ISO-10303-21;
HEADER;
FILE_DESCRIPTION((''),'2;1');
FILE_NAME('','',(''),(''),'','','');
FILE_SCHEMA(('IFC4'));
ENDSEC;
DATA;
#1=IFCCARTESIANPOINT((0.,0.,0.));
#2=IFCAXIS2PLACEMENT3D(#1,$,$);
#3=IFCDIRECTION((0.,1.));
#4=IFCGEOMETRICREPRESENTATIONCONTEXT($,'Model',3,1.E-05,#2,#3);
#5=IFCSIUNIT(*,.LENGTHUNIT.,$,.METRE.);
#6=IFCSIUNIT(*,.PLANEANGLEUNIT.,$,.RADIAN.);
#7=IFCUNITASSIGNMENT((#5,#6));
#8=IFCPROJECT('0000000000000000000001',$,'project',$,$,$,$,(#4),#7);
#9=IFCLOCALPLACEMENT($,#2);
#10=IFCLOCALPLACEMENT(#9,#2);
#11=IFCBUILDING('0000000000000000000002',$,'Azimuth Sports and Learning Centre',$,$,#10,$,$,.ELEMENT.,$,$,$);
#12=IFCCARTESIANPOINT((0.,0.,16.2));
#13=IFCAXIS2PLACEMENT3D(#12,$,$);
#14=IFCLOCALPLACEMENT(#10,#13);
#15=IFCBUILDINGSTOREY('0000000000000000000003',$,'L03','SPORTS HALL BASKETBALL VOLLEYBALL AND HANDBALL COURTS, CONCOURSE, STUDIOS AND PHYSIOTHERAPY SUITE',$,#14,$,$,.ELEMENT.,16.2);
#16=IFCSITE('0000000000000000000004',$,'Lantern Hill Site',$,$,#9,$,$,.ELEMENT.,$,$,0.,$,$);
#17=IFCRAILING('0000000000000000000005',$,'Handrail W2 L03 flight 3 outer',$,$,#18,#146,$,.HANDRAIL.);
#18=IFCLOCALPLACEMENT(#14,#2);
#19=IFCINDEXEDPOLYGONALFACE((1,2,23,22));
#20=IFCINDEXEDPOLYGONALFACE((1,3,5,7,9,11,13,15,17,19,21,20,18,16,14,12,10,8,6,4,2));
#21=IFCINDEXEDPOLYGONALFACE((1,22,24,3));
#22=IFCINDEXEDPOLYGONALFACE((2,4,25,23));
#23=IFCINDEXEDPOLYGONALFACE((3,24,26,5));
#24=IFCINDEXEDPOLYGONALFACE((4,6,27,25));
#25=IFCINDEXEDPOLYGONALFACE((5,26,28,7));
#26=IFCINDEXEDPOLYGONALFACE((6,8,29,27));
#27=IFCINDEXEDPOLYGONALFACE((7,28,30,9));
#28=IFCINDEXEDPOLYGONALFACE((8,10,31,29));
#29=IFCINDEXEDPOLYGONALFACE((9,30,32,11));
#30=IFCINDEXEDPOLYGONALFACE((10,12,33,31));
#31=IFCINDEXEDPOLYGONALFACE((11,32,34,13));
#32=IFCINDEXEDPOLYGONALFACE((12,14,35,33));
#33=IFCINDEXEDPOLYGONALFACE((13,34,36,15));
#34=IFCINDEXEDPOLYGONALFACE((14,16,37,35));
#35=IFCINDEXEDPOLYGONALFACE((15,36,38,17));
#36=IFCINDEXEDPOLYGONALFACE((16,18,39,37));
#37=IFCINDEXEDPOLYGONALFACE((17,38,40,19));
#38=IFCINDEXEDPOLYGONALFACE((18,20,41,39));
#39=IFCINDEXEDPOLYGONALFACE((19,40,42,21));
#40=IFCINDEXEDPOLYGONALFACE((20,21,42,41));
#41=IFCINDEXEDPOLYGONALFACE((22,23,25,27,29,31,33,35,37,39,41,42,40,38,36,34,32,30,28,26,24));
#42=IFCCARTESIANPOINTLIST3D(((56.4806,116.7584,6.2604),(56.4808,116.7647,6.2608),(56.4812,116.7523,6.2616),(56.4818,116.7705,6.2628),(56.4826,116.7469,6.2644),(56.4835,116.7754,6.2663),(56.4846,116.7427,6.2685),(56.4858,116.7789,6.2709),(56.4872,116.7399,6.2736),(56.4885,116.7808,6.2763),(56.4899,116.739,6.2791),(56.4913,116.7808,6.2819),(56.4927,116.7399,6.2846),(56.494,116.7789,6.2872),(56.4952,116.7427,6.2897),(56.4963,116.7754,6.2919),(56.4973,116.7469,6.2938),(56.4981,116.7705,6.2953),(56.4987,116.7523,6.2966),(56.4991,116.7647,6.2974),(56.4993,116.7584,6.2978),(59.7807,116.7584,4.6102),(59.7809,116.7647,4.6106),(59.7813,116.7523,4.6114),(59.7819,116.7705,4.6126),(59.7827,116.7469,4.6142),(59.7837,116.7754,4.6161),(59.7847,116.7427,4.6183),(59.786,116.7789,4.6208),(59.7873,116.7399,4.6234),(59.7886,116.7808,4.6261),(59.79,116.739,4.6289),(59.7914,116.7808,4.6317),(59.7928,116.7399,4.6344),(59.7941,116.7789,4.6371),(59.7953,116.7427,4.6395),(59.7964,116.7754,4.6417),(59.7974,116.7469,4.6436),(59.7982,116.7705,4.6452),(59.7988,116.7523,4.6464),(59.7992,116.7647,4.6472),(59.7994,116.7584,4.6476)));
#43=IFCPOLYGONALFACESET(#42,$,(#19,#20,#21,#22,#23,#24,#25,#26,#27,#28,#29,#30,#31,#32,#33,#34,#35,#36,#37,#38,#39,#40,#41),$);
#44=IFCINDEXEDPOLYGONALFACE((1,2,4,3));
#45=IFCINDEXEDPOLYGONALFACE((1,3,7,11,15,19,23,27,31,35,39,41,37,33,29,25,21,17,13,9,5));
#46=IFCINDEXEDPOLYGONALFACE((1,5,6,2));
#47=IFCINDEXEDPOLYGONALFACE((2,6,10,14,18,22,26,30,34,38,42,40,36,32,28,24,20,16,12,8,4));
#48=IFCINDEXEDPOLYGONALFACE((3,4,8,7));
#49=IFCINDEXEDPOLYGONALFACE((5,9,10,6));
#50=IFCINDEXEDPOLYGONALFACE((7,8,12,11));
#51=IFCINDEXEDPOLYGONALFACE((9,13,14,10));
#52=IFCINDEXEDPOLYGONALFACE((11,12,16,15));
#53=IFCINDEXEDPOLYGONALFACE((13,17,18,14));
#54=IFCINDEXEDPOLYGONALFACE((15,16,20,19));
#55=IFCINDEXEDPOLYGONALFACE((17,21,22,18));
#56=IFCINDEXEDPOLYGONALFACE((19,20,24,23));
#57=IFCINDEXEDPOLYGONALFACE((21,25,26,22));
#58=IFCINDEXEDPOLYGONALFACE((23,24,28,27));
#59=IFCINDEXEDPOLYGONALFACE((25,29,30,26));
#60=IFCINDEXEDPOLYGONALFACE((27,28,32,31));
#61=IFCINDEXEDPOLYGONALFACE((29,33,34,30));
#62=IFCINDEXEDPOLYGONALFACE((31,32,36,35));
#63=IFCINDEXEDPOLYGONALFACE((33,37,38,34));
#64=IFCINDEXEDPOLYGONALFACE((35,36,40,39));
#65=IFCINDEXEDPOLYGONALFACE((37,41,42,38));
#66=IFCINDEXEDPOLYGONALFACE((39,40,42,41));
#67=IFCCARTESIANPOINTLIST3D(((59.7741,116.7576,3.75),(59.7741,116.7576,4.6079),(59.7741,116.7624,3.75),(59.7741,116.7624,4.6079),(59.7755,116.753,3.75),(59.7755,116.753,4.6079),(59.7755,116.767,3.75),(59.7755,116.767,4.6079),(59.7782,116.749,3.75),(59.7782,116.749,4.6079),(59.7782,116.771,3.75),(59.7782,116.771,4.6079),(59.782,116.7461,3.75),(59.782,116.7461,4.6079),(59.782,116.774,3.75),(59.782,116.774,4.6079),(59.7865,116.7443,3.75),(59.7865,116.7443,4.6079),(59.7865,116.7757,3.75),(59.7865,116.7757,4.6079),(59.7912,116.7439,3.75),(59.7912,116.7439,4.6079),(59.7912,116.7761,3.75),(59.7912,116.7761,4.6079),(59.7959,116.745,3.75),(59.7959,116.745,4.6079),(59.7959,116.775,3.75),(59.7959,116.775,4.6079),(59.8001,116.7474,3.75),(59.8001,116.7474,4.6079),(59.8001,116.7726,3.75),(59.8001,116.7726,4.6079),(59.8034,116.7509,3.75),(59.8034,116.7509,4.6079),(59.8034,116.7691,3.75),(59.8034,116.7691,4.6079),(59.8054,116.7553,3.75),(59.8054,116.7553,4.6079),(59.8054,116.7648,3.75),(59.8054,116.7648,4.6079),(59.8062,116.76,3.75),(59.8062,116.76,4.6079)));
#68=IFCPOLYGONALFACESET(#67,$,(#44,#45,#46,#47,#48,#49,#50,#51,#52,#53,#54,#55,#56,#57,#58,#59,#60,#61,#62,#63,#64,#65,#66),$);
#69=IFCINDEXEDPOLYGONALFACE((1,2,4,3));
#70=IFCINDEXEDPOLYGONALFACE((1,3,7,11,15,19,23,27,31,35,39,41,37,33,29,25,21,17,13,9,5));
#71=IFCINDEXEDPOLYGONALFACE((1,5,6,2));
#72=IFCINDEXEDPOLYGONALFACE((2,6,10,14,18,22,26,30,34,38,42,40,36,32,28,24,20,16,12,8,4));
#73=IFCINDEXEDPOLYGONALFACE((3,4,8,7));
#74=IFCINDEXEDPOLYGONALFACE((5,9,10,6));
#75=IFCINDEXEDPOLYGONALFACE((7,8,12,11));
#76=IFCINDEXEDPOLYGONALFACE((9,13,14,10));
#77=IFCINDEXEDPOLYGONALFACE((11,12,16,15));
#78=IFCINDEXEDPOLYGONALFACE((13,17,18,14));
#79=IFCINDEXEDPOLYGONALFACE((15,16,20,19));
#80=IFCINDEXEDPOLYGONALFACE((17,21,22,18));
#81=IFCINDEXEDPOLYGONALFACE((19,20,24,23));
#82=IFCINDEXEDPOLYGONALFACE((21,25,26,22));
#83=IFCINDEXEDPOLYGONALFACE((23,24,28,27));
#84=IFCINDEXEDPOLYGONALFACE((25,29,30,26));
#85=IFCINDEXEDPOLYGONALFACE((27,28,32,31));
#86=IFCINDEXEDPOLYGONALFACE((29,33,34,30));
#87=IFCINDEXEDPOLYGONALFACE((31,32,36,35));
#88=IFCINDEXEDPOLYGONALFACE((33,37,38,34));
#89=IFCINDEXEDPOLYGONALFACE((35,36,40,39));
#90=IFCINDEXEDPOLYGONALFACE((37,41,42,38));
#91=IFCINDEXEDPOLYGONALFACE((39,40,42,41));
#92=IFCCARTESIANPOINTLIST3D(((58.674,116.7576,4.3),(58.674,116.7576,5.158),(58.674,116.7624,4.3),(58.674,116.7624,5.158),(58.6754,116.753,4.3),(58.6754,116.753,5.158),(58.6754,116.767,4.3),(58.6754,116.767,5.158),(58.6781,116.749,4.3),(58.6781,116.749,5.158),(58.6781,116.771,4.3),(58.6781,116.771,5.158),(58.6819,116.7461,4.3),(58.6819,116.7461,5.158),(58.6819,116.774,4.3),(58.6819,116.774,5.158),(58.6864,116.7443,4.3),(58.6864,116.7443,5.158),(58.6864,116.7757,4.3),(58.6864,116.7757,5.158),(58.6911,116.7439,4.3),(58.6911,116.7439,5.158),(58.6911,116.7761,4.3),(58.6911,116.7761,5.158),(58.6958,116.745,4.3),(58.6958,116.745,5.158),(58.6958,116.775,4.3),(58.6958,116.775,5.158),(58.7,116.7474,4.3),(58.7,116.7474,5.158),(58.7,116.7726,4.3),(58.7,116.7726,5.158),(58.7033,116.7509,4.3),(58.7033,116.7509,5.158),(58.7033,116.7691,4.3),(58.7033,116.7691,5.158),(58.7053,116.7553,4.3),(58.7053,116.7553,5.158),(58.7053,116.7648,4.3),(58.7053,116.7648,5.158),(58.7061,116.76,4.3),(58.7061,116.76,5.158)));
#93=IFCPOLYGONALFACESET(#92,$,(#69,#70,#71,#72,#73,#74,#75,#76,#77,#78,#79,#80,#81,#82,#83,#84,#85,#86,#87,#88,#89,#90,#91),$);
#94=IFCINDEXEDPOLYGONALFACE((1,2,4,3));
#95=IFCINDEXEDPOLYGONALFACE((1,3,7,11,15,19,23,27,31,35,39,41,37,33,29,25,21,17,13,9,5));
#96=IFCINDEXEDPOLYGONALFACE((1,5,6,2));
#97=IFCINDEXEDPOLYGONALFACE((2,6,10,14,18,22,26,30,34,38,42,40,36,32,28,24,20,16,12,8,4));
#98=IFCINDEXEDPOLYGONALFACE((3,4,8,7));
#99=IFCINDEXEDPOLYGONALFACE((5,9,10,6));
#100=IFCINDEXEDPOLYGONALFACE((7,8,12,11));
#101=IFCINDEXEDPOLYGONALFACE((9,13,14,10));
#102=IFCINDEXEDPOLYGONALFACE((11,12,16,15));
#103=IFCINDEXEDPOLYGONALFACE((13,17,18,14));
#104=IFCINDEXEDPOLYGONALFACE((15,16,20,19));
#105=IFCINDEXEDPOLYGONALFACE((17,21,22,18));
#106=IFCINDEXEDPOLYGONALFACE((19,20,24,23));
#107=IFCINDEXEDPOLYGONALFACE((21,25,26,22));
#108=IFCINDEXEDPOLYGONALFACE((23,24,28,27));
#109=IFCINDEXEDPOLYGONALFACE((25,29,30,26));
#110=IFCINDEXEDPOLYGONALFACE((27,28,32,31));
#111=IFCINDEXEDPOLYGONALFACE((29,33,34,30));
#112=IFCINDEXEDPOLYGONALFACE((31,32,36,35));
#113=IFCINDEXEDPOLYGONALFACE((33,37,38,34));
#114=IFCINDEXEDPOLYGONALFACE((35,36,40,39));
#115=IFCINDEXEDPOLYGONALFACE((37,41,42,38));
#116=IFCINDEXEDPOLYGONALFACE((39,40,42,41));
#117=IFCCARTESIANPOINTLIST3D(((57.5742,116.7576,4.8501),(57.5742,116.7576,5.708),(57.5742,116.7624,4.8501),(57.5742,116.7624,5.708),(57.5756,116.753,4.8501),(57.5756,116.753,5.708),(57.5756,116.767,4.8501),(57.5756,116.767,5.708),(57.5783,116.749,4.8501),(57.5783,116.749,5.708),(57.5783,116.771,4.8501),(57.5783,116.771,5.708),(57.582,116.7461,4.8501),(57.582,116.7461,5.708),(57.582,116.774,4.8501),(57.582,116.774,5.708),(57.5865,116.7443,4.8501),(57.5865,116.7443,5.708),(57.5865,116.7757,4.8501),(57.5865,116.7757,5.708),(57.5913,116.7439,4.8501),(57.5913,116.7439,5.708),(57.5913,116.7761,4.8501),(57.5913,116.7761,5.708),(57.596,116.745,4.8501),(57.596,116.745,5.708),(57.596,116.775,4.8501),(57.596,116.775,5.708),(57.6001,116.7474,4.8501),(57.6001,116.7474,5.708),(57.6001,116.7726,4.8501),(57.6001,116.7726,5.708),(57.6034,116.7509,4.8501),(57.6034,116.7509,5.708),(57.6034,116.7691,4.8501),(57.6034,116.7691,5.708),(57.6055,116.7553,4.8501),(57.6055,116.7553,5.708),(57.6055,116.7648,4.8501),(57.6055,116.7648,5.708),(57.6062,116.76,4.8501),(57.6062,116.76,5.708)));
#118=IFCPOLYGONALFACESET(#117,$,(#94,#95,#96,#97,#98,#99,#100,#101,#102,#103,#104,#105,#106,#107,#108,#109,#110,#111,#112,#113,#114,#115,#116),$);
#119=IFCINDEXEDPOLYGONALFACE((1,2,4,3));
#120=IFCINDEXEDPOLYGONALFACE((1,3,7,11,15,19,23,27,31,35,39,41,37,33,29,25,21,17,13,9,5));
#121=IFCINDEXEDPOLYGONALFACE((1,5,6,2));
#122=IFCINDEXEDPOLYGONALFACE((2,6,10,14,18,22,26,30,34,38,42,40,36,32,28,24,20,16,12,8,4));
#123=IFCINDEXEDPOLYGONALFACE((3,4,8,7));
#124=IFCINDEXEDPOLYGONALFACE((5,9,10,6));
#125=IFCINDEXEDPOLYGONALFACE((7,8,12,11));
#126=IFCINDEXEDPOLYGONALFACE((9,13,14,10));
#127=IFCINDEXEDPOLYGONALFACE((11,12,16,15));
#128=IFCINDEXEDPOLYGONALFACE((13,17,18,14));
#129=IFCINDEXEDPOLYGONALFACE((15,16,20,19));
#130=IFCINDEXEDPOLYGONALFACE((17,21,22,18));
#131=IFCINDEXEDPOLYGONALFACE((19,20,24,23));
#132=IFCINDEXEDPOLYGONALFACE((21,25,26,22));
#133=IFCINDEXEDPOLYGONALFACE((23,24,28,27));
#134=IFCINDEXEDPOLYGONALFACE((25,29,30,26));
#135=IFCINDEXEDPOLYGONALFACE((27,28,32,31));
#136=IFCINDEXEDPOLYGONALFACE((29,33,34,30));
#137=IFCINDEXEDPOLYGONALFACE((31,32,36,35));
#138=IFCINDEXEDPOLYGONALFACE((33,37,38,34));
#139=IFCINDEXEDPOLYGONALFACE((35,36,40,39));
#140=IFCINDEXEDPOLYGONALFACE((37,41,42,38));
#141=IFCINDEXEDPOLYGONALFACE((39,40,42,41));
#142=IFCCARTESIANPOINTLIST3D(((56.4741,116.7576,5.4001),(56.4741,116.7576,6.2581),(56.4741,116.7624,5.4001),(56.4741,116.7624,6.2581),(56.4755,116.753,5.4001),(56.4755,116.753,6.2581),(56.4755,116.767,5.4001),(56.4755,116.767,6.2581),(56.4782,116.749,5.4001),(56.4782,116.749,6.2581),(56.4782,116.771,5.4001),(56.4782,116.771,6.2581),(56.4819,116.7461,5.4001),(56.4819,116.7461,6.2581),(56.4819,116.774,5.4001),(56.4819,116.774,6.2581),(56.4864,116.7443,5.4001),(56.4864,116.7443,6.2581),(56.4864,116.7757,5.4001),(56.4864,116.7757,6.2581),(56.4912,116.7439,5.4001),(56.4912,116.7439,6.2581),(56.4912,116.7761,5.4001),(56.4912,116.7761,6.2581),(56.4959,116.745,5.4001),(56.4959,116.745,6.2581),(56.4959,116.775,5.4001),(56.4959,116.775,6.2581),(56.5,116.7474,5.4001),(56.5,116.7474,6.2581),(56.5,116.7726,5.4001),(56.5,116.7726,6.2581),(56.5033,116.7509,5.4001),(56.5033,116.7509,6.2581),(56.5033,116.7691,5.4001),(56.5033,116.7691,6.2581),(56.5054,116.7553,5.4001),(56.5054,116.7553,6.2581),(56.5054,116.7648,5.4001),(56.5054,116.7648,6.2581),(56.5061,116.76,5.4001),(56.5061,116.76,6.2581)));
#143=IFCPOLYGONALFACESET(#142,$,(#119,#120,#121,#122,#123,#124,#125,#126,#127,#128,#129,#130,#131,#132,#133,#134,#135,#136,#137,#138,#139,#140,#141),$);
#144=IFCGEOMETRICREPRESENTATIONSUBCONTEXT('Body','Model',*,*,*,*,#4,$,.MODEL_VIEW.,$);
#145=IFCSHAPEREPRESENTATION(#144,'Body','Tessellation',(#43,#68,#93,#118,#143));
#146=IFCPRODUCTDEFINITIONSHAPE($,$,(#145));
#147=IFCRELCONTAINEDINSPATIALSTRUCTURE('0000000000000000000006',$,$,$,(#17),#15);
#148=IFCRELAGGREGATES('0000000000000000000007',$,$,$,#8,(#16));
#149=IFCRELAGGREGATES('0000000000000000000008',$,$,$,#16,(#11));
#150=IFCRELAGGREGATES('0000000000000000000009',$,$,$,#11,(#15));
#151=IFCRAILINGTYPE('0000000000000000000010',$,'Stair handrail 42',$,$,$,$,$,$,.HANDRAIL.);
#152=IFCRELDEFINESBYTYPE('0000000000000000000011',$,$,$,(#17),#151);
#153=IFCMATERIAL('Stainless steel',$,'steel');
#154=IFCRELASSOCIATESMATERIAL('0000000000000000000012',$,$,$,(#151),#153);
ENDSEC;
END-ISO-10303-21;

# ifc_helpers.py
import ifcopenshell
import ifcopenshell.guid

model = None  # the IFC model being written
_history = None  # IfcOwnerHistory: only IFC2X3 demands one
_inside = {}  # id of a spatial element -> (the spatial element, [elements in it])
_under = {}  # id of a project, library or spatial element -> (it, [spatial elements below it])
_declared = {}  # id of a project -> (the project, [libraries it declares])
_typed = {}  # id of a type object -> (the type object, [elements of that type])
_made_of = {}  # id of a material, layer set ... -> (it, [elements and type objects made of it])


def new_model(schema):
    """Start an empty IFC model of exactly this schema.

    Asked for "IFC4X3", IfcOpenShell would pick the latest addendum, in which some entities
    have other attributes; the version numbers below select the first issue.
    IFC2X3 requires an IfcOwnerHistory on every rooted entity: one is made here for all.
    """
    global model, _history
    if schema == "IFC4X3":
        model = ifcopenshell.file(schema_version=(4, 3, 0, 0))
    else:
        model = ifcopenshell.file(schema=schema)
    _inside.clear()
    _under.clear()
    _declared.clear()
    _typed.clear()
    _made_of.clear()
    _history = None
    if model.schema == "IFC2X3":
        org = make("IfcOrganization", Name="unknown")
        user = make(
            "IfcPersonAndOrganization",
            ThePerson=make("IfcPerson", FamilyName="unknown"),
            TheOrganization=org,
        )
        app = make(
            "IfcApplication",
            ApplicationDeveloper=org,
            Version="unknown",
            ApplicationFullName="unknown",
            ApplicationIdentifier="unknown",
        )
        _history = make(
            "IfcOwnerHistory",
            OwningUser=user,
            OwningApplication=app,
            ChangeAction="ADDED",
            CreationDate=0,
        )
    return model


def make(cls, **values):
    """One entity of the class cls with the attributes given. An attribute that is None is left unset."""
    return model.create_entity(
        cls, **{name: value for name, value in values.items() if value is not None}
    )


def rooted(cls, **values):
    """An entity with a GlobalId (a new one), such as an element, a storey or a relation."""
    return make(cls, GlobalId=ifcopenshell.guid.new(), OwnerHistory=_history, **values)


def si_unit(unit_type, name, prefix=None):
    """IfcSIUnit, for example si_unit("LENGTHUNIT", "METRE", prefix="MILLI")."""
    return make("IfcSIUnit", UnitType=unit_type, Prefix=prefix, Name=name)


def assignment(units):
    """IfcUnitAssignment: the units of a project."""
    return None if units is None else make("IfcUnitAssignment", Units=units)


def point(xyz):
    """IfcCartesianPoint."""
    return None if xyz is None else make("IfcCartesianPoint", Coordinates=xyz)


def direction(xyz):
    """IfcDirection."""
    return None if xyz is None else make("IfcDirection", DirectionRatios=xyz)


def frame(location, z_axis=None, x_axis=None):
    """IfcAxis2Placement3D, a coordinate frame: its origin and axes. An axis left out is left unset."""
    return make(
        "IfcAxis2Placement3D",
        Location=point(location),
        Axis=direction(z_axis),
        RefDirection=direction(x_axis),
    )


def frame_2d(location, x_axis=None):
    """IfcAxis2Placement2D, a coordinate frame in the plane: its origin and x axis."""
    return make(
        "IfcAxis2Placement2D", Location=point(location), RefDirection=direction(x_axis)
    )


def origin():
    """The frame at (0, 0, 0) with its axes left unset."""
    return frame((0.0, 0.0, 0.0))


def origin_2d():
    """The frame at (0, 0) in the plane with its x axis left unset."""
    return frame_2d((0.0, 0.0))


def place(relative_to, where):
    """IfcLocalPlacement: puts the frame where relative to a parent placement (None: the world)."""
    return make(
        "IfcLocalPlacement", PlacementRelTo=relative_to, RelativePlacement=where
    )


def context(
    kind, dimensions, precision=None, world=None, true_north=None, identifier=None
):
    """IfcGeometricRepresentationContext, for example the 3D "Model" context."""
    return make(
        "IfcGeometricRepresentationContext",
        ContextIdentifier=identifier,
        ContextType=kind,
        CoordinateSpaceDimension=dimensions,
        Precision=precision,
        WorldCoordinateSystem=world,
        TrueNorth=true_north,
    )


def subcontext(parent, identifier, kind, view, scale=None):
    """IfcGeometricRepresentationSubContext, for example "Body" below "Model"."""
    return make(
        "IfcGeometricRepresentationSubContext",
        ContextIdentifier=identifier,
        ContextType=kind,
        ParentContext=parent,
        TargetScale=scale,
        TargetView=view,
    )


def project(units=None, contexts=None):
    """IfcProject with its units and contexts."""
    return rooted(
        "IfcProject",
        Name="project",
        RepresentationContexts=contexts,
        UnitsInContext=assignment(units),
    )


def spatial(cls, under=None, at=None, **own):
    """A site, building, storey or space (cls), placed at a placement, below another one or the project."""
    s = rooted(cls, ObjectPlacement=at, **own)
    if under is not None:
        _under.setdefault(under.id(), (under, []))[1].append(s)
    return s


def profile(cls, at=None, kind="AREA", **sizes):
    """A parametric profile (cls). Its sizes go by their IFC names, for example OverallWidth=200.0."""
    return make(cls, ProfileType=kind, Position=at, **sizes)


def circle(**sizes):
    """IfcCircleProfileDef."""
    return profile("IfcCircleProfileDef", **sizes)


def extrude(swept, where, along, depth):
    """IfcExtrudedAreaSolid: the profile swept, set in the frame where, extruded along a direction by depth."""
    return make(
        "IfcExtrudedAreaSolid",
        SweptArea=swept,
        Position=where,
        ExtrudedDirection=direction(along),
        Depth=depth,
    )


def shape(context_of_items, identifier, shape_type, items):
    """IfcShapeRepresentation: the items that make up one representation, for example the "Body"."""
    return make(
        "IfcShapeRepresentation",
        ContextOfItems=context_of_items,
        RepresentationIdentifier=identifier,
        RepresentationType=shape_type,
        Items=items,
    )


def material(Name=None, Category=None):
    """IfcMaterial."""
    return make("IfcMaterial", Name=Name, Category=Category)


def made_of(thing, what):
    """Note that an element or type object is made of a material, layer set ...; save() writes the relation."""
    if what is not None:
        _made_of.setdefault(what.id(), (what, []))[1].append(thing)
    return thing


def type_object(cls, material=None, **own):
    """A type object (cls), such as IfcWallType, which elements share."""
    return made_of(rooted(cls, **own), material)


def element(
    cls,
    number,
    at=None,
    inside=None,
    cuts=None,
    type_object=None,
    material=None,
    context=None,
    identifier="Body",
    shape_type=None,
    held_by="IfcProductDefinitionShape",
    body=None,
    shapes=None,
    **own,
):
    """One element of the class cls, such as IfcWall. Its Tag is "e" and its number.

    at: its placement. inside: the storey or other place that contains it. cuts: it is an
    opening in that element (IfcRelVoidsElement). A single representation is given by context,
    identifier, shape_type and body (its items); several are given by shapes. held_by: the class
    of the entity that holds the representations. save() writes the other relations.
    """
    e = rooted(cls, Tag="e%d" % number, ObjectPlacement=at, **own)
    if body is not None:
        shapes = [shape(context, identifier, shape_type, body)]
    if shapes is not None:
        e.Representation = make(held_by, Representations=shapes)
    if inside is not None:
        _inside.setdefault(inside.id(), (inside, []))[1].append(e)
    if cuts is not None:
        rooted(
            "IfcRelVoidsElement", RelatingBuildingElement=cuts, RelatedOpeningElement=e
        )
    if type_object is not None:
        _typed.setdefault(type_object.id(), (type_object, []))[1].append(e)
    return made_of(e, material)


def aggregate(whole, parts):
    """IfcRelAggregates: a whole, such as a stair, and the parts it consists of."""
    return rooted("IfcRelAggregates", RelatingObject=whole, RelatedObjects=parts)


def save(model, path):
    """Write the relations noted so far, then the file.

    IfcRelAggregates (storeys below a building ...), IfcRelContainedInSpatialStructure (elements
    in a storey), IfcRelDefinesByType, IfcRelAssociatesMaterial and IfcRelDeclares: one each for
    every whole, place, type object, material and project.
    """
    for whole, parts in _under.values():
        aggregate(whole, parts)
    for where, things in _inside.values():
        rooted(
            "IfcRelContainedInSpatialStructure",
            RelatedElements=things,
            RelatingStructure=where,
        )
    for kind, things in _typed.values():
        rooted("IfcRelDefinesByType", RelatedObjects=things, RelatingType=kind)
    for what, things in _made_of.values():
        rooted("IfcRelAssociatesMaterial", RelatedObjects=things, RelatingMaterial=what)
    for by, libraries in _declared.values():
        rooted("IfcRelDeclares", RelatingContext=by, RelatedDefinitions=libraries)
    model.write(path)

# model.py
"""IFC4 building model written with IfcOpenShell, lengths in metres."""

from ifc_helpers import new_model, si_unit, direction, frame, origin, origin_2d, place, context, subcontext, project, spatial, circle, extrude, material, type_object, element, save


model = new_model("IFC4")

# Units and contexts
model_context = context("Model", 3, precision=1e-05, world=origin(), true_north=direction((0.0, 1.0)))
body_context = subcontext(model_context, "Body", "Model", "MODEL_VIEW")
ifc_project = project(units=[si_unit("LENGTHUNIT", "METRE"), si_unit("PLANEANGLEUNIT", "RADIAN")], contexts=[model_context])

# Site, building, storey
site_placement = place(None, origin())
site = spatial("IfcSite", under=ifc_project, at=site_placement, Name="Lantern Hill Site", CompositionType="ELEMENT", RefElevation=0.0)
building_placement = place(site_placement, origin())
building = spatial("IfcBuilding", under=site, at=building_placement, Name="Azimuth Sports and Learning Centre", CompositionType="ELEMENT")
storey_placement = place(building_placement, frame((0.0, 0.0, 16.2)))
storey = spatial("IfcBuildingStorey", under=building, at=storey_placement, Name="L03", Description="SPORTS HALL BASKETBALL VOLLEYBALL AND HANDBALL COURTS, CONCOURSE, STUDIOS AND PHYSIOTHERAPY SUITE", CompositionType="ELEMENT", Elevation=16.2)

# Railing
ifc_material_1 = material(Name="Stainless steel", Category="steel")
railing_type = type_object("IfcRailingType", Name="Stair handrail 42", PredefinedType="HANDRAIL", material=ifc_material_1)
for number, where, name in (
    (1, (59.79, 116.76, 3.75), "Handrail W2 L03 flight 3 outer"),
):
    element("IfcRailing", number, at=place(storey_placement, frame(where)), inside=storey, type_object=railing_type, Name=name, PredefinedType="HANDRAIL", context=body_context, shape_type="SweptSolid", body=[
        extrude(circle(Radius=0.021, at=origin_2d()), frame((0.0, 0.0, 0.8789), z_axis=(-0.894414, 0.0, 0.44724), x_axis=(0.0, -1.0, 0.0)), (0.0, 0.0, 1.0), 3.6897),
        extrude(circle(Radius=0.0161, at=origin_2d()), origin(), (0.0, 0.0, 1.0), 0.8579),
        extrude(circle(Radius=0.0161, at=origin_2d()), frame((-1.1001, 0.0, 0.55)), (0.0, 0.0, 1.0), 0.8579),
        extrude(circle(Radius=0.0161, at=origin_2d()), frame((-2.2, 0.0, 1.1001)), (0.0, 0.0, 1.0), 0.8579),
        extrude(circle(Radius=0.0161, at=origin_2d()), frame((-3.3, 0.0, 1.6501)), (0.0, 0.0, 1.0), 0.8579),
    ])

save(model, "model.ifc")
